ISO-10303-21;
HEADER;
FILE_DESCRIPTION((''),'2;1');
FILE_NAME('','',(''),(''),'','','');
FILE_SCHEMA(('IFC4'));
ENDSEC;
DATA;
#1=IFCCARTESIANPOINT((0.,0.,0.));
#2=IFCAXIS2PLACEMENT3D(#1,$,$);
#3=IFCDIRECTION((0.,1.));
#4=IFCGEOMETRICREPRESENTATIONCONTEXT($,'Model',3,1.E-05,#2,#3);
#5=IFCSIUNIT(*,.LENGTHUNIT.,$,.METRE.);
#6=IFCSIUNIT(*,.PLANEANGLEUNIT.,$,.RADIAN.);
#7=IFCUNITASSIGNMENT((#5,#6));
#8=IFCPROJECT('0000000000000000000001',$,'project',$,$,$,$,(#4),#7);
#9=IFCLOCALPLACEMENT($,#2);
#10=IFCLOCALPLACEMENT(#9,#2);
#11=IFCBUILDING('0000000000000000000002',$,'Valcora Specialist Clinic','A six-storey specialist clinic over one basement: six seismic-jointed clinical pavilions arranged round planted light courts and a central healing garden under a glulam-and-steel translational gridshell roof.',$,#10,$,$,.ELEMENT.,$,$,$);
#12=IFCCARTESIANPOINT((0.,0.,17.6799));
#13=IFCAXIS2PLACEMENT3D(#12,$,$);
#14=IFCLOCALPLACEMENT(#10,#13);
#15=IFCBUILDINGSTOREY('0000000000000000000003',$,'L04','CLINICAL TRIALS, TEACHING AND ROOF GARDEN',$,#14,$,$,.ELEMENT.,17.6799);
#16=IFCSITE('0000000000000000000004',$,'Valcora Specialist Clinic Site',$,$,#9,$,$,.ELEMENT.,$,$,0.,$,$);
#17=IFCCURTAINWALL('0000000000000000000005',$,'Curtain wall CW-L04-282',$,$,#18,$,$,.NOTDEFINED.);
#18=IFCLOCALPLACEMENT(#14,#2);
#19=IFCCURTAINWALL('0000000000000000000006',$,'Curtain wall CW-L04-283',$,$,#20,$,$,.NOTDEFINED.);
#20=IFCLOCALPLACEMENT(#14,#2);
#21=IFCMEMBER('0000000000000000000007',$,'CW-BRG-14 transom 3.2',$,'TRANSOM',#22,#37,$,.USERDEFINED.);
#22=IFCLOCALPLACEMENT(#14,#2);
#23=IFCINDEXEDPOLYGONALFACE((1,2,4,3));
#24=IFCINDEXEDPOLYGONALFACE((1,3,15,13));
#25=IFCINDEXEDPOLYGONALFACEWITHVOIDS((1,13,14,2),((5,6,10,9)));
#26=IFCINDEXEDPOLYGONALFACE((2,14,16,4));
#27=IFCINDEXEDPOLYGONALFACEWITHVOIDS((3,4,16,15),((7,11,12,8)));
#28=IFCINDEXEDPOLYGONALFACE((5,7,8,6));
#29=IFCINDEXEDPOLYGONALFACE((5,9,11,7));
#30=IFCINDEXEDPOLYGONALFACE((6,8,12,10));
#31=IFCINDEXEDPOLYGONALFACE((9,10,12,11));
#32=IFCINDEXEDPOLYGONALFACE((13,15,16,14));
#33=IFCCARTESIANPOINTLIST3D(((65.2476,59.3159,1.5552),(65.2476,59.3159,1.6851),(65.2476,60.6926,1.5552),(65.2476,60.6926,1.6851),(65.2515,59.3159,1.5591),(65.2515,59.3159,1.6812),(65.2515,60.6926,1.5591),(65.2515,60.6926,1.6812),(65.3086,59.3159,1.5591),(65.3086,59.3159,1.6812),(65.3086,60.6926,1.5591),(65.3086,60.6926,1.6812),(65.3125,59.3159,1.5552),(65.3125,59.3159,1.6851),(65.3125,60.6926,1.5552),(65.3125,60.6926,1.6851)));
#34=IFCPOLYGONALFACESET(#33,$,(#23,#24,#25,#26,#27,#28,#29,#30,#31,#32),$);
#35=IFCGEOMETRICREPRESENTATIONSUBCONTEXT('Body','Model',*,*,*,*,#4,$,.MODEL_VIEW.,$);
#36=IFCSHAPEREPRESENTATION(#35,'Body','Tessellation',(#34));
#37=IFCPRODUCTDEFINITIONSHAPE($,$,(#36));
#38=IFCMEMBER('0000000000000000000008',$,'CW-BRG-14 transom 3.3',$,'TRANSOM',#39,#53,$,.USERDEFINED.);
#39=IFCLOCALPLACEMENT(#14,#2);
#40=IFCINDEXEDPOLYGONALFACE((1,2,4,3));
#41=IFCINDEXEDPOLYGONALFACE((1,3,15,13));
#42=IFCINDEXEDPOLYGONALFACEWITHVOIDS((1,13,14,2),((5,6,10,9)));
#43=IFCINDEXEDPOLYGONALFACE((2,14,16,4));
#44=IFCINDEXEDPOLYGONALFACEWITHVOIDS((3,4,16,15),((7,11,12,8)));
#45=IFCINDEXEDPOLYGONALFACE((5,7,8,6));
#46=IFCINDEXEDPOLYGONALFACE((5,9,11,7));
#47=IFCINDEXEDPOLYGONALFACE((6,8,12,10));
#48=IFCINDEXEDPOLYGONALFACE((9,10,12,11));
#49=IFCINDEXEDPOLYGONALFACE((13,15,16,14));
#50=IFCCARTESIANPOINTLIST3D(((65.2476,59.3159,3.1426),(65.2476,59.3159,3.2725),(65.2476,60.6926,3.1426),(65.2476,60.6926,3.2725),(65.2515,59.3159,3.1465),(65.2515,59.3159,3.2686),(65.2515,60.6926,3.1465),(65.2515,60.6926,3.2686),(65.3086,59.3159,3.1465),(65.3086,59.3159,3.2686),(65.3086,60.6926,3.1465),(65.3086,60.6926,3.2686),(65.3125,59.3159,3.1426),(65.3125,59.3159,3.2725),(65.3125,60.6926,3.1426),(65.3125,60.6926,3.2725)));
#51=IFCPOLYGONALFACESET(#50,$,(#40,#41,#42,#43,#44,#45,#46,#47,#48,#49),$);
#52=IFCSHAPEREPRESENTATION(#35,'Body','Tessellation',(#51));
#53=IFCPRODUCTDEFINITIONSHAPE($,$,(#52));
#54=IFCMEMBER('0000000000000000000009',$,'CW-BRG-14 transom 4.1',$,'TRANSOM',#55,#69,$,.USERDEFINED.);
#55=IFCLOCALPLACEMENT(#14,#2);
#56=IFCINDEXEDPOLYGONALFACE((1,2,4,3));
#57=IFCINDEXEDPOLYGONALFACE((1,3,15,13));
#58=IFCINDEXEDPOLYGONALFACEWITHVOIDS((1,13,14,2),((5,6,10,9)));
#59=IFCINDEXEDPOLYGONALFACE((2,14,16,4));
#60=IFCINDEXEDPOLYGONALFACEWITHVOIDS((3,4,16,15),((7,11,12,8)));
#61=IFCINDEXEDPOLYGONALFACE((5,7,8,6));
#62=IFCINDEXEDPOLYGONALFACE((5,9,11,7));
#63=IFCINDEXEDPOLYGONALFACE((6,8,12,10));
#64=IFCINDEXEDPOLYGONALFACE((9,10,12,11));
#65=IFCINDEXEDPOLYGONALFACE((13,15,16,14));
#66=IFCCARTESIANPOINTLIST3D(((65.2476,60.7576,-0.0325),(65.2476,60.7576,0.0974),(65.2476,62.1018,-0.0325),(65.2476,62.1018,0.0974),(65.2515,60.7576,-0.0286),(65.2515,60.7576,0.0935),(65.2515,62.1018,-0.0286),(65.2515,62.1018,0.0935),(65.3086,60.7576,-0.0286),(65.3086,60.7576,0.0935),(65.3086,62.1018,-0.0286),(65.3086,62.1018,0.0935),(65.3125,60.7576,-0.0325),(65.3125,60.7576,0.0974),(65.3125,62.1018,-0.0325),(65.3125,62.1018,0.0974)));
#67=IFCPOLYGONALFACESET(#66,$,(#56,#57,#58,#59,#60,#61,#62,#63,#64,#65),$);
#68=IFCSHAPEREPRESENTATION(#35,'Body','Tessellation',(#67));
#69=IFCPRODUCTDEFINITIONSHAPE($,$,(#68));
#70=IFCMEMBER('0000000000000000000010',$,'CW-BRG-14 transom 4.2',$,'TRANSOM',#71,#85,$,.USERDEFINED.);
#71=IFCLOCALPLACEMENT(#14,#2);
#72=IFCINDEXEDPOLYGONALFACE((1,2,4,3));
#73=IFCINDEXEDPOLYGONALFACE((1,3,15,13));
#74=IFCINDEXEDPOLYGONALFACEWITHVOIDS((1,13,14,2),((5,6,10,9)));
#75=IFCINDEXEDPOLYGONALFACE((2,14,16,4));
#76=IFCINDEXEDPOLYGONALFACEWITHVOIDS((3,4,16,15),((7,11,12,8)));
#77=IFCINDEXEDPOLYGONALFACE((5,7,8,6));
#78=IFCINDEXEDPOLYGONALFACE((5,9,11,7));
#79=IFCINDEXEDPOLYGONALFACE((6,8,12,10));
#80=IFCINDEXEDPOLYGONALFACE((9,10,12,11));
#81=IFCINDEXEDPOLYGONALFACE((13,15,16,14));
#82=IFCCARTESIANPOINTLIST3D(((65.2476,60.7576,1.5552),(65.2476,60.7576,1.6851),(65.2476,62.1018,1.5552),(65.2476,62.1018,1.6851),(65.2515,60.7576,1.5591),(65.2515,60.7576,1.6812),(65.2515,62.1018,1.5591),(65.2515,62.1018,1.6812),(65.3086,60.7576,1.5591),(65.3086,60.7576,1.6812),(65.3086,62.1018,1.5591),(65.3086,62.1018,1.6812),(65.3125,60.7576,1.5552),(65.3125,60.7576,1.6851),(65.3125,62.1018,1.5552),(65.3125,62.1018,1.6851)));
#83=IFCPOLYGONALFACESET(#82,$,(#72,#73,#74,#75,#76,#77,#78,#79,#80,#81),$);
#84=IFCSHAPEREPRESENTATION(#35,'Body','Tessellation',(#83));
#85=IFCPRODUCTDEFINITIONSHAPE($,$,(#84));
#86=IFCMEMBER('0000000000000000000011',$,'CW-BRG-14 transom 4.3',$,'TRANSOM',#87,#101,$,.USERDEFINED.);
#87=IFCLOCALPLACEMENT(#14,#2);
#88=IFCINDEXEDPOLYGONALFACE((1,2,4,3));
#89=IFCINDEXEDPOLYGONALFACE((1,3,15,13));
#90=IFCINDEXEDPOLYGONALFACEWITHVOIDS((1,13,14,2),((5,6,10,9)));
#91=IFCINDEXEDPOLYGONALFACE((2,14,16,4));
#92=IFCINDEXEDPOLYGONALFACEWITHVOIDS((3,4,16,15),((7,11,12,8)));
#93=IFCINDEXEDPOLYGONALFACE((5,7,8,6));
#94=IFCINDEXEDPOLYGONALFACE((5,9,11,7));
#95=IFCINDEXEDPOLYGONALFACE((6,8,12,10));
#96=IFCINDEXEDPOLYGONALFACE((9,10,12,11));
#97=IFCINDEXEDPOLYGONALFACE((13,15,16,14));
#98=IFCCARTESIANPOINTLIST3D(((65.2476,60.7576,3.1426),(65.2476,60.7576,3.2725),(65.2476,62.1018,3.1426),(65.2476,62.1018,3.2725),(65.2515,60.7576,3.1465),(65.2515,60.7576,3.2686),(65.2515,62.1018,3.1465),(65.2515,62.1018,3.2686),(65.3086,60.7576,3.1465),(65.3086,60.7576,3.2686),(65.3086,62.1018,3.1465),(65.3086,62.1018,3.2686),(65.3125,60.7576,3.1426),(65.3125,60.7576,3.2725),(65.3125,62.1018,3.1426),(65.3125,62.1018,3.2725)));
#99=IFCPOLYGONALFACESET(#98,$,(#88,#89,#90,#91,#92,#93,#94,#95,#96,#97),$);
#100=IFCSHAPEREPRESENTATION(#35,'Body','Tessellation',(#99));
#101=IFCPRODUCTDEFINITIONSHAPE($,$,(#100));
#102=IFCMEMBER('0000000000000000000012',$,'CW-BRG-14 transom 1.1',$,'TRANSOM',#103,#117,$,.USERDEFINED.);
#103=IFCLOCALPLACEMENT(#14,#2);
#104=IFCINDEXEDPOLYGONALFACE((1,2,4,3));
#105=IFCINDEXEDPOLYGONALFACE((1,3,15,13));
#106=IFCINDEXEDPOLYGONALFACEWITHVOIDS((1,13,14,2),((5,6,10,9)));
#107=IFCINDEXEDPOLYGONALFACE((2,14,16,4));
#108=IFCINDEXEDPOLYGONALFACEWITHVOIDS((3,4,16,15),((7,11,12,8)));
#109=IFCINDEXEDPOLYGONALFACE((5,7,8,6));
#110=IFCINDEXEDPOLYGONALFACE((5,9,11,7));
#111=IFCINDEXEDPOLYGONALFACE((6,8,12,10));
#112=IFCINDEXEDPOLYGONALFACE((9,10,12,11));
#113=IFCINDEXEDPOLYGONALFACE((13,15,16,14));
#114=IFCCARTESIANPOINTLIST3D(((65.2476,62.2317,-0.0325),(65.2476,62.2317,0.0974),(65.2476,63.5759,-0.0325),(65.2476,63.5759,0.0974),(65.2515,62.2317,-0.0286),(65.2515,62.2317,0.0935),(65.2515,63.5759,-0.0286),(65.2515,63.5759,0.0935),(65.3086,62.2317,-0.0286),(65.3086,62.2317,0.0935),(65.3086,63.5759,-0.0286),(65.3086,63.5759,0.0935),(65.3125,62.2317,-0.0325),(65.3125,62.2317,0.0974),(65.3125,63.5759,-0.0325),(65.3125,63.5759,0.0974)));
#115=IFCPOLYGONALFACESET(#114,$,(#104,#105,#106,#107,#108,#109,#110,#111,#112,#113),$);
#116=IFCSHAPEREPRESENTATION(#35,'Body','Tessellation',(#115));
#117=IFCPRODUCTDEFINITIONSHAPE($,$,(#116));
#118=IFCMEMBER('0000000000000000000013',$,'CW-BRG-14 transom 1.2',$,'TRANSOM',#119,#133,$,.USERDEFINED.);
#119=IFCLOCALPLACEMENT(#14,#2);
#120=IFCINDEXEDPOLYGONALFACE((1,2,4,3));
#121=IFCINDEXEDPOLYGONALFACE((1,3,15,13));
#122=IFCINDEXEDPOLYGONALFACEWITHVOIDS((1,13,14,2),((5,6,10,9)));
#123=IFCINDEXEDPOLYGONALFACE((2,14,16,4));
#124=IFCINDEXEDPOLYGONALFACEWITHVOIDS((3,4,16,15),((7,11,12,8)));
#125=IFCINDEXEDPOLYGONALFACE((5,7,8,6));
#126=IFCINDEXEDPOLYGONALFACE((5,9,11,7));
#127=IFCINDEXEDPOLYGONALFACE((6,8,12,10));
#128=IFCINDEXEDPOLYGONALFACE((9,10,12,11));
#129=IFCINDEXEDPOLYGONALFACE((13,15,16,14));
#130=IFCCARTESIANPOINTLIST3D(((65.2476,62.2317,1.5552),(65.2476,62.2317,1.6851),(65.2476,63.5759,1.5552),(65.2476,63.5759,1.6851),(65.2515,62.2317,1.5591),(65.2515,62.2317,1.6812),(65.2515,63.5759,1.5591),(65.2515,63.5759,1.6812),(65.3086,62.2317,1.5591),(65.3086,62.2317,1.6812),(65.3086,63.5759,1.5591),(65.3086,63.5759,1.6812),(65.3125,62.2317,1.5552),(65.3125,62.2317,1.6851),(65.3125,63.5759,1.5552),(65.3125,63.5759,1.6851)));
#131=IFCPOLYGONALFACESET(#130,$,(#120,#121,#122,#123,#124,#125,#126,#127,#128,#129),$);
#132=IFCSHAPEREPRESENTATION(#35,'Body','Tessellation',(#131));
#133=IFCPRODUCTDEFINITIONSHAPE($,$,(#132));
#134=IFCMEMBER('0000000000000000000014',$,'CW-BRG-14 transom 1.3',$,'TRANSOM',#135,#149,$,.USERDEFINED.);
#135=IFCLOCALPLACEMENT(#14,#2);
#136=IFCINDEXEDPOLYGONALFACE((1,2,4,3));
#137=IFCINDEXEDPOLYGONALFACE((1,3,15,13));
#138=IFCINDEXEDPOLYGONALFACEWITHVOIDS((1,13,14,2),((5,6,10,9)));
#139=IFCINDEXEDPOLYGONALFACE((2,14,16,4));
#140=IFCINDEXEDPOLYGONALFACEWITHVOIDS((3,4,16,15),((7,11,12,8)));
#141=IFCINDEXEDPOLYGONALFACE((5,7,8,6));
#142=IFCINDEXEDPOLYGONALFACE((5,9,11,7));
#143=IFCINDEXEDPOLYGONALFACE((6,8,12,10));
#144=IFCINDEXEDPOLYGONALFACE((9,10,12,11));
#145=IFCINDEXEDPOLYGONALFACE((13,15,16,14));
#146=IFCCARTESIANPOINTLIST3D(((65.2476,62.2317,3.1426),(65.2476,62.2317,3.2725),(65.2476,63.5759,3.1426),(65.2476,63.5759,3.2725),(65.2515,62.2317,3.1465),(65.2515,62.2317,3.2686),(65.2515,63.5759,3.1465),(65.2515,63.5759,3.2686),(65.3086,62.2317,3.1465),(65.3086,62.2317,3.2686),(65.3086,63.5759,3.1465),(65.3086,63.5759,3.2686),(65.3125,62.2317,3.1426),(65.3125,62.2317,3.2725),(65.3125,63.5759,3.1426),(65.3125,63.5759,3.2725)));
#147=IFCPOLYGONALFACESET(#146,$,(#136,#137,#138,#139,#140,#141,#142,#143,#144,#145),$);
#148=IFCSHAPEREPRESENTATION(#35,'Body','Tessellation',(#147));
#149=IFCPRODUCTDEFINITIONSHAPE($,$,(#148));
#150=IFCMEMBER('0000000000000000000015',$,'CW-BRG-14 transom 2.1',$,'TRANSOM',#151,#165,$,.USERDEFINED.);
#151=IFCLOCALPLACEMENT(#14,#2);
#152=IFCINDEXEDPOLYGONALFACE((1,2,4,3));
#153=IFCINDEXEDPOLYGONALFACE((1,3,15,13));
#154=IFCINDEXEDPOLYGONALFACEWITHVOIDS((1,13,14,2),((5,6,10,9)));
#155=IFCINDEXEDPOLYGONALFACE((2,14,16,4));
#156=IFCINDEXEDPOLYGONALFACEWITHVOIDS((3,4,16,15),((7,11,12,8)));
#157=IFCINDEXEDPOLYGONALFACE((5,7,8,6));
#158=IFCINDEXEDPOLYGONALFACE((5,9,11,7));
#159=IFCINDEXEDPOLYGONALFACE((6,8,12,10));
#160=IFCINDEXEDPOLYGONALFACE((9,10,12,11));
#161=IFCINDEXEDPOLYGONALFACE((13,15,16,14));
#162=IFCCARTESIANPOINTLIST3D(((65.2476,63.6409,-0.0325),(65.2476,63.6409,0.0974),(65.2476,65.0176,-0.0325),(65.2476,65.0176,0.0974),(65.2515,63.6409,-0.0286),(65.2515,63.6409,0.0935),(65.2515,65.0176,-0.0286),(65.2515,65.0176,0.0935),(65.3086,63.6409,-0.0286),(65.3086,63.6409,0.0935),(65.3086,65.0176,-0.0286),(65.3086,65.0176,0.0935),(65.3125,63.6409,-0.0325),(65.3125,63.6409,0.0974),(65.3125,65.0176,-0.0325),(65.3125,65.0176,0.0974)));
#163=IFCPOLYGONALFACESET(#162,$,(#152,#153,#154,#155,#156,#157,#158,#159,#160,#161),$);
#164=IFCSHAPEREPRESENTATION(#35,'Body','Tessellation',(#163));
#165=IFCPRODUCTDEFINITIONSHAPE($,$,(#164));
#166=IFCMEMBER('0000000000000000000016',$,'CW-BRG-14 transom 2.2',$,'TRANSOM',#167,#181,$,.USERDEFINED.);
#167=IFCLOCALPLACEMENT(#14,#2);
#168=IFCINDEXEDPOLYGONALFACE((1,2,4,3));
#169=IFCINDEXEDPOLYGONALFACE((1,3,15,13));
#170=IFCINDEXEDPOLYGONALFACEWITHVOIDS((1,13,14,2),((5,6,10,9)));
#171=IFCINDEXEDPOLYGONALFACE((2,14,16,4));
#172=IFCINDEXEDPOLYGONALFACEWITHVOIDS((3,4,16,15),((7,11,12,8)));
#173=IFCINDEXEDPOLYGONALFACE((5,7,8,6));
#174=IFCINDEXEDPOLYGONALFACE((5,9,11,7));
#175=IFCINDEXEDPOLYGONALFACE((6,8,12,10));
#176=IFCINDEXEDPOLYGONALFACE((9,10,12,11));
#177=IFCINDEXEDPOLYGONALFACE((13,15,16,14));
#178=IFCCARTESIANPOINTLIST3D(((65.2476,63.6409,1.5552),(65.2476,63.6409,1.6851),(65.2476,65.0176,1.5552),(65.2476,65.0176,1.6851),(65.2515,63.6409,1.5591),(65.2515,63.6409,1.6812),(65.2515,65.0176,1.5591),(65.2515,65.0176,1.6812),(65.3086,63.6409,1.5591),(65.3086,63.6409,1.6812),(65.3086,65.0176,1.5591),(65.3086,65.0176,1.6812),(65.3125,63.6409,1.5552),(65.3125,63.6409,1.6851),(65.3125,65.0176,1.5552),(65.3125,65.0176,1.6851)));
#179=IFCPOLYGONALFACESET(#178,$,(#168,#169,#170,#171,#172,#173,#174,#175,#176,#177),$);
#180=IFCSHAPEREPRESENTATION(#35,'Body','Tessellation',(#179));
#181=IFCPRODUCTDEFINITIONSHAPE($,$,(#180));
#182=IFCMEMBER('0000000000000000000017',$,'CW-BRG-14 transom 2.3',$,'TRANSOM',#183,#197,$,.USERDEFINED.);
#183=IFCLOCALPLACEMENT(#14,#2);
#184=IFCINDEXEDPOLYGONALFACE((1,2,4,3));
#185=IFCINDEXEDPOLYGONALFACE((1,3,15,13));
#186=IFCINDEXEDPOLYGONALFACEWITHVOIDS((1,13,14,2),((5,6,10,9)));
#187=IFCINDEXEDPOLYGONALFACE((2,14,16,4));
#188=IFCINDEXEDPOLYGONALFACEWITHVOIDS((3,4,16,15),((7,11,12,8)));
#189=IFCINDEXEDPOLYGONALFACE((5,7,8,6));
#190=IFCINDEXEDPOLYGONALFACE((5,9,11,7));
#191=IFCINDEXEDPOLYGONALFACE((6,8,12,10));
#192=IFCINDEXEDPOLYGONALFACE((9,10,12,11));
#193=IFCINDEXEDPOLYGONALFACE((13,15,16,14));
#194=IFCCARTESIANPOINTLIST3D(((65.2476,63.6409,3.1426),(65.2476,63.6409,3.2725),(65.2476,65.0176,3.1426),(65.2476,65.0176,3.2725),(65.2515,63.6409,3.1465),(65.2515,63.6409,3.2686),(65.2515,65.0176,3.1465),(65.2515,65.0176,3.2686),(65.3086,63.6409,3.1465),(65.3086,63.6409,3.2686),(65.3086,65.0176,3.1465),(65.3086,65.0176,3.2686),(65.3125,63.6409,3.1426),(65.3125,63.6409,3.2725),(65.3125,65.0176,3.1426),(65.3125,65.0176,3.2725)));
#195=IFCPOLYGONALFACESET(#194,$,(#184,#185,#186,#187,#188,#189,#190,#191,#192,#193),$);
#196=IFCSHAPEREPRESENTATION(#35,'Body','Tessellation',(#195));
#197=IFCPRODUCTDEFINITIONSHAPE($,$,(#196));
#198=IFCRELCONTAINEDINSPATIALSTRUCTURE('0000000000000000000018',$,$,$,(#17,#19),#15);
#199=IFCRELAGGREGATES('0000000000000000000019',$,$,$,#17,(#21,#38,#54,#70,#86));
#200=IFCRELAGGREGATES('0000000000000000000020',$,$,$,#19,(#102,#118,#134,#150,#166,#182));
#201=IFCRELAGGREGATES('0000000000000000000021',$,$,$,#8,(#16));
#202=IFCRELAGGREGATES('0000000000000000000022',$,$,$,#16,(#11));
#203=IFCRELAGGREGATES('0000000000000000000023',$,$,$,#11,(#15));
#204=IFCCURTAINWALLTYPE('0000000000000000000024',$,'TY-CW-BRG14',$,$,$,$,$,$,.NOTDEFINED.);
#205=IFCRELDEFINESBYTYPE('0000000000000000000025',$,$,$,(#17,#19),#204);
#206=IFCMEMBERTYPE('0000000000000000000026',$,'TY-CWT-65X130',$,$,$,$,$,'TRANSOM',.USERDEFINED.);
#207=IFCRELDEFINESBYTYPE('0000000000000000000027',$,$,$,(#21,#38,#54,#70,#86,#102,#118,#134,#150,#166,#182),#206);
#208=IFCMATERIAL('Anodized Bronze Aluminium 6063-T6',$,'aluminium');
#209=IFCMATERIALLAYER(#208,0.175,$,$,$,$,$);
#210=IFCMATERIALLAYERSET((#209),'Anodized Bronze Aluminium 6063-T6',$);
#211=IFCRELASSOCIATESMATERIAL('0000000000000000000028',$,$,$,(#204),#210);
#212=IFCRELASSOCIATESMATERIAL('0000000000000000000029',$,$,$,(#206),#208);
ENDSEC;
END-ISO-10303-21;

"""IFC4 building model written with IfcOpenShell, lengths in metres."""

from ifc_helpers import new_model, si_unit, direction, frame, origin, origin_2d, place, context, subcontext, project, spatial, hollow_rectangle, extrude, material, layer, layer_set, material_profile, profile_set, type_object, element, aggregate, save


model = new_model("IFC4")

# Units and contexts
model_context = context("Model", 3, precision=1e-05, world=origin(), true_north=direction((0.0, 1.0)))
body_context = subcontext(model_context, "Body", "Model", "MODEL_VIEW")
ifc_project = project(units=[si_unit("LENGTHUNIT", "METRE"), si_unit("PLANEANGLEUNIT", "RADIAN")], contexts=[model_context])

# Site, building, storey
site_placement = place(None, origin())
site = spatial("IfcSite", under=ifc_project, at=site_placement, Name="Valcora Specialist Clinic Site", CompositionType="ELEMENT", RefElevation=0.0)
building_placement = place(site_placement, origin())
building = spatial("IfcBuilding", under=site, at=building_placement, Name="Valcora Specialist Clinic", Description="A six-storey specialist clinic over one basement: six seismic-jointed clinical pavilions arranged round planted light courts and a central healing garden under a glulam-and-steel translational gridshell roof.", CompositionType="ELEMENT")
storey_placement = place(building_placement, frame((0.0, 0.0, 17.6799)))
storey = spatial("IfcBuildingStorey", under=building, at=storey_placement, Name="L04", Description="CLINICAL TRIALS, TEACHING AND ROOF GARDEN", CompositionType="ELEMENT", Elevation=17.6799)

# Curtain walls
ifc_material_1 = material(Name="Anodized Bronze Aluminium 6063-T6", Category="aluminium")
ifc_layer_1 = layer(ifc_material_1, 0.175)
ifc_layer_set_1 = layer_set([ifc_layer_1], Name="Anodized Bronze Aluminium 6063-T6")
curtain_wall_type = type_object("IfcCurtainWallType", Name="TY-CW-BRG14", PredefinedType="NOTDEFINED", material=ifc_layer_set_1)
curtain_wall_1_placement = place(storey_placement, origin())
curtain_wall_1 = element("IfcCurtainWall", 1, at=curtain_wall_1_placement, inside=storey, type_object=curtain_wall_type, Name="Curtain wall CW-L04-282", PredefinedType="NOTDEFINED")
curtain_wall_2_placement = place(storey_placement, origin())
curtain_wall_2 = element("IfcCurtainWall", 2, at=curtain_wall_2_placement, inside=storey, type_object=curtain_wall_type, Name="Curtain wall CW-L04-283", PredefinedType="NOTDEFINED")

# Members
ifc_material_profile_1 = material_profile(ifc_material_1, hollow_rectangle(XDim=0.0649, YDim=0.1299, WallThickness=0.0039, at=origin_2d()), Name="AL-TRN-65X130")
ifc_profile_set_1 = profile_set([ifc_material_profile_1], Name="Anodized Bronze Aluminium 6063-T6")
member_type_1 = type_object("IfcMemberType", Name="TY-CWT-65X130", ElementType="TRANSOM", PredefinedType="USERDEFINED", material=ifc_profile_set_1)
member_1_placement = place(storey_placement, frame((65.28, 59.3159, 1.6201), z_axis=(0.0, 1.0, 0.0), x_axis=(-1.0, 0.0, 0.0)))
member_1 = element("IfcMember", 3, at=member_1_placement, type_object=member_type_1, Name="CW-BRG-14 transom 3.2", ObjectType="TRANSOM", PredefinedType="USERDEFINED", context=body_context, shape_type="SweptSolid", body=[
    extrude(hollow_rectangle(XDim=0.0649, YDim=0.1299, WallThickness=0.0039, at=origin_2d()), origin(), (0.0, 0.0, 1.0), 1.3767),
])
member_2_placement = place(storey_placement, frame((65.28, 59.3159, 3.2075), z_axis=(0.0, 1.0, 0.0), x_axis=(-1.0, 0.0, 0.0)))
member_2 = element("IfcMember", 4, at=member_2_placement, type_object=member_type_1, Name="CW-BRG-14 transom 3.3", ObjectType="TRANSOM", PredefinedType="USERDEFINED", context=body_context, shape_type="SweptSolid", body=[
    extrude(hollow_rectangle(XDim=0.0649, YDim=0.1299, WallThickness=0.0039, at=origin_2d()), origin(), (0.0, 0.0, 1.0), 1.3767),
])
member_3_placement = place(storey_placement, frame((65.28, 60.7576, 0.0325), z_axis=(0.0, 1.0, 0.0), x_axis=(-1.0, 0.0, 0.0)))
member_3 = element("IfcMember", 5, at=member_3_placement, type_object=member_type_1, Name="CW-BRG-14 transom 4.1", ObjectType="TRANSOM", PredefinedType="USERDEFINED", context=body_context, shape_type="SweptSolid", body=[
    extrude(hollow_rectangle(XDim=0.0649, YDim=0.1299, WallThickness=0.0039, at=origin_2d()), origin(), (0.0, 0.0, 1.0), 1.3442),
])
member_4_placement = place(storey_placement, frame((65.28, 60.7576, 1.6201), z_axis=(0.0, 1.0, 0.0), x_axis=(-1.0, 0.0, 0.0)))
member_4 = element("IfcMember", 6, at=member_4_placement, type_object=member_type_1, Name="CW-BRG-14 transom 4.2", ObjectType="TRANSOM", PredefinedType="USERDEFINED", context=body_context, shape_type="SweptSolid", body=[
    extrude(hollow_rectangle(XDim=0.0649, YDim=0.1299, WallThickness=0.0039, at=origin_2d()), origin(), (0.0, 0.0, 1.0), 1.3442),
])
member_5_placement = place(storey_placement, frame((65.28, 60.7576, 3.2075), z_axis=(0.0, 1.0, 0.0), x_axis=(-1.0, 0.0, 0.0)))
member_5 = element("IfcMember", 7, at=member_5_placement, type_object=member_type_1, Name="CW-BRG-14 transom 4.3", ObjectType="TRANSOM", PredefinedType="USERDEFINED", context=body_context, shape_type="SweptSolid", body=[
    extrude(hollow_rectangle(XDim=0.0649, YDim=0.1299, WallThickness=0.0039, at=origin_2d()), origin(), (0.0, 0.0, 1.0), 1.3442),
])
member_6_placement = place(storey_placement, frame((65.28, 62.2317, 0.0325), z_axis=(0.0, 1.0, 0.0), x_axis=(-1.0, 0.0, 0.0)))
member_6 = element("IfcMember", 8, at=member_6_placement, type_object=member_type_1, Name="CW-BRG-14 transom 1.1", ObjectType="TRANSOM", PredefinedType="USERDEFINED", context=body_context, shape_type="SweptSolid", body=[
    extrude(hollow_rectangle(XDim=0.0649, YDim=0.1299, WallThickness=0.0039, at=origin_2d()), origin(), (0.0, 0.0, 1.0), 1.3442),
])
member_7_placement = place(storey_placement, frame((65.28, 62.2317, 1.6201), z_axis=(0.0, 1.0, 0.0), x_axis=(-1.0, 0.0, 0.0)))
member_7 = element("IfcMember", 9, at=member_7_placement, type_object=member_type_1, Name="CW-BRG-14 transom 1.2", ObjectType="TRANSOM", PredefinedType="USERDEFINED", context=body_context, shape_type="SweptSolid", body=[
    extrude(hollow_rectangle(XDim=0.0649, YDim=0.1299, WallThickness=0.0039, at=origin_2d()), origin(), (0.0, 0.0, 1.0), 1.3442),
])
member_8_placement = place(storey_placement, frame((65.28, 62.2317, 3.2075), z_axis=(0.0, 1.0, 0.0), x_axis=(-1.0, 0.0, 0.0)))
member_8 = element("IfcMember", 10, at=member_8_placement, type_object=member_type_1, Name="CW-BRG-14 transom 1.3", ObjectType="TRANSOM", PredefinedType="USERDEFINED", context=body_context, shape_type="SweptSolid", body=[
    extrude(hollow_rectangle(XDim=0.0649, YDim=0.1299, WallThickness=0.0039, at=origin_2d()), origin(), (0.0, 0.0, 1.0), 1.3442),
])
member_9_placement = place(storey_placement, frame((65.28, 63.6409, 0.0325), z_axis=(0.0, 1.0, 0.0), x_axis=(-1.0, 0.0, 0.0)))
member_9 = element("IfcMember", 11, at=member_9_placement, type_object=member_type_1, Name="CW-BRG-14 transom 2.1", ObjectType="TRANSOM", PredefinedType="USERDEFINED", context=body_context, shape_type="SweptSolid", body=[
    extrude(hollow_rectangle(XDim=0.0649, YDim=0.1299, WallThickness=0.0039, at=origin_2d()), origin(), (0.0, 0.0, 1.0), 1.3767),
])
member_10_placement = place(storey_placement, frame((65.28, 63.6409, 1.6201), z_axis=(0.0, 1.0, 0.0), x_axis=(-1.0, 0.0, 0.0)))
member_10 = element("IfcMember", 12, at=member_10_placement, type_object=member_type_1, Name="CW-BRG-14 transom 2.2", ObjectType="TRANSOM", PredefinedType="USERDEFINED", context=body_context, shape_type="SweptSolid", body=[
    extrude(hollow_rectangle(XDim=0.0649, YDim=0.1299, WallThickness=0.0039, at=origin_2d()), origin(), (0.0, 0.0, 1.0), 1.3767),
])
member_11_placement = place(storey_placement, frame((65.28, 63.6409, 3.2075), z_axis=(0.0, 1.0, 0.0), x_axis=(-1.0, 0.0, 0.0)))
member_11 = element("IfcMember", 13, at=member_11_placement, type_object=member_type_1, Name="CW-BRG-14 transom 2.3", ObjectType="TRANSOM", PredefinedType="USERDEFINED", context=body_context, shape_type="SweptSolid", body=[
    extrude(hollow_rectangle(XDim=0.0649, YDim=0.1299, WallThickness=0.0039, at=origin_2d()), origin(), (0.0, 0.0, 1.0), 1.3767),
])

aggregate(curtain_wall_1, [member_1, member_2, member_3, member_4, member_5])
aggregate(curtain_wall_2, [member_6, member_7, member_8, member_9, member_10, member_11])

save(model, "model.ifc")
